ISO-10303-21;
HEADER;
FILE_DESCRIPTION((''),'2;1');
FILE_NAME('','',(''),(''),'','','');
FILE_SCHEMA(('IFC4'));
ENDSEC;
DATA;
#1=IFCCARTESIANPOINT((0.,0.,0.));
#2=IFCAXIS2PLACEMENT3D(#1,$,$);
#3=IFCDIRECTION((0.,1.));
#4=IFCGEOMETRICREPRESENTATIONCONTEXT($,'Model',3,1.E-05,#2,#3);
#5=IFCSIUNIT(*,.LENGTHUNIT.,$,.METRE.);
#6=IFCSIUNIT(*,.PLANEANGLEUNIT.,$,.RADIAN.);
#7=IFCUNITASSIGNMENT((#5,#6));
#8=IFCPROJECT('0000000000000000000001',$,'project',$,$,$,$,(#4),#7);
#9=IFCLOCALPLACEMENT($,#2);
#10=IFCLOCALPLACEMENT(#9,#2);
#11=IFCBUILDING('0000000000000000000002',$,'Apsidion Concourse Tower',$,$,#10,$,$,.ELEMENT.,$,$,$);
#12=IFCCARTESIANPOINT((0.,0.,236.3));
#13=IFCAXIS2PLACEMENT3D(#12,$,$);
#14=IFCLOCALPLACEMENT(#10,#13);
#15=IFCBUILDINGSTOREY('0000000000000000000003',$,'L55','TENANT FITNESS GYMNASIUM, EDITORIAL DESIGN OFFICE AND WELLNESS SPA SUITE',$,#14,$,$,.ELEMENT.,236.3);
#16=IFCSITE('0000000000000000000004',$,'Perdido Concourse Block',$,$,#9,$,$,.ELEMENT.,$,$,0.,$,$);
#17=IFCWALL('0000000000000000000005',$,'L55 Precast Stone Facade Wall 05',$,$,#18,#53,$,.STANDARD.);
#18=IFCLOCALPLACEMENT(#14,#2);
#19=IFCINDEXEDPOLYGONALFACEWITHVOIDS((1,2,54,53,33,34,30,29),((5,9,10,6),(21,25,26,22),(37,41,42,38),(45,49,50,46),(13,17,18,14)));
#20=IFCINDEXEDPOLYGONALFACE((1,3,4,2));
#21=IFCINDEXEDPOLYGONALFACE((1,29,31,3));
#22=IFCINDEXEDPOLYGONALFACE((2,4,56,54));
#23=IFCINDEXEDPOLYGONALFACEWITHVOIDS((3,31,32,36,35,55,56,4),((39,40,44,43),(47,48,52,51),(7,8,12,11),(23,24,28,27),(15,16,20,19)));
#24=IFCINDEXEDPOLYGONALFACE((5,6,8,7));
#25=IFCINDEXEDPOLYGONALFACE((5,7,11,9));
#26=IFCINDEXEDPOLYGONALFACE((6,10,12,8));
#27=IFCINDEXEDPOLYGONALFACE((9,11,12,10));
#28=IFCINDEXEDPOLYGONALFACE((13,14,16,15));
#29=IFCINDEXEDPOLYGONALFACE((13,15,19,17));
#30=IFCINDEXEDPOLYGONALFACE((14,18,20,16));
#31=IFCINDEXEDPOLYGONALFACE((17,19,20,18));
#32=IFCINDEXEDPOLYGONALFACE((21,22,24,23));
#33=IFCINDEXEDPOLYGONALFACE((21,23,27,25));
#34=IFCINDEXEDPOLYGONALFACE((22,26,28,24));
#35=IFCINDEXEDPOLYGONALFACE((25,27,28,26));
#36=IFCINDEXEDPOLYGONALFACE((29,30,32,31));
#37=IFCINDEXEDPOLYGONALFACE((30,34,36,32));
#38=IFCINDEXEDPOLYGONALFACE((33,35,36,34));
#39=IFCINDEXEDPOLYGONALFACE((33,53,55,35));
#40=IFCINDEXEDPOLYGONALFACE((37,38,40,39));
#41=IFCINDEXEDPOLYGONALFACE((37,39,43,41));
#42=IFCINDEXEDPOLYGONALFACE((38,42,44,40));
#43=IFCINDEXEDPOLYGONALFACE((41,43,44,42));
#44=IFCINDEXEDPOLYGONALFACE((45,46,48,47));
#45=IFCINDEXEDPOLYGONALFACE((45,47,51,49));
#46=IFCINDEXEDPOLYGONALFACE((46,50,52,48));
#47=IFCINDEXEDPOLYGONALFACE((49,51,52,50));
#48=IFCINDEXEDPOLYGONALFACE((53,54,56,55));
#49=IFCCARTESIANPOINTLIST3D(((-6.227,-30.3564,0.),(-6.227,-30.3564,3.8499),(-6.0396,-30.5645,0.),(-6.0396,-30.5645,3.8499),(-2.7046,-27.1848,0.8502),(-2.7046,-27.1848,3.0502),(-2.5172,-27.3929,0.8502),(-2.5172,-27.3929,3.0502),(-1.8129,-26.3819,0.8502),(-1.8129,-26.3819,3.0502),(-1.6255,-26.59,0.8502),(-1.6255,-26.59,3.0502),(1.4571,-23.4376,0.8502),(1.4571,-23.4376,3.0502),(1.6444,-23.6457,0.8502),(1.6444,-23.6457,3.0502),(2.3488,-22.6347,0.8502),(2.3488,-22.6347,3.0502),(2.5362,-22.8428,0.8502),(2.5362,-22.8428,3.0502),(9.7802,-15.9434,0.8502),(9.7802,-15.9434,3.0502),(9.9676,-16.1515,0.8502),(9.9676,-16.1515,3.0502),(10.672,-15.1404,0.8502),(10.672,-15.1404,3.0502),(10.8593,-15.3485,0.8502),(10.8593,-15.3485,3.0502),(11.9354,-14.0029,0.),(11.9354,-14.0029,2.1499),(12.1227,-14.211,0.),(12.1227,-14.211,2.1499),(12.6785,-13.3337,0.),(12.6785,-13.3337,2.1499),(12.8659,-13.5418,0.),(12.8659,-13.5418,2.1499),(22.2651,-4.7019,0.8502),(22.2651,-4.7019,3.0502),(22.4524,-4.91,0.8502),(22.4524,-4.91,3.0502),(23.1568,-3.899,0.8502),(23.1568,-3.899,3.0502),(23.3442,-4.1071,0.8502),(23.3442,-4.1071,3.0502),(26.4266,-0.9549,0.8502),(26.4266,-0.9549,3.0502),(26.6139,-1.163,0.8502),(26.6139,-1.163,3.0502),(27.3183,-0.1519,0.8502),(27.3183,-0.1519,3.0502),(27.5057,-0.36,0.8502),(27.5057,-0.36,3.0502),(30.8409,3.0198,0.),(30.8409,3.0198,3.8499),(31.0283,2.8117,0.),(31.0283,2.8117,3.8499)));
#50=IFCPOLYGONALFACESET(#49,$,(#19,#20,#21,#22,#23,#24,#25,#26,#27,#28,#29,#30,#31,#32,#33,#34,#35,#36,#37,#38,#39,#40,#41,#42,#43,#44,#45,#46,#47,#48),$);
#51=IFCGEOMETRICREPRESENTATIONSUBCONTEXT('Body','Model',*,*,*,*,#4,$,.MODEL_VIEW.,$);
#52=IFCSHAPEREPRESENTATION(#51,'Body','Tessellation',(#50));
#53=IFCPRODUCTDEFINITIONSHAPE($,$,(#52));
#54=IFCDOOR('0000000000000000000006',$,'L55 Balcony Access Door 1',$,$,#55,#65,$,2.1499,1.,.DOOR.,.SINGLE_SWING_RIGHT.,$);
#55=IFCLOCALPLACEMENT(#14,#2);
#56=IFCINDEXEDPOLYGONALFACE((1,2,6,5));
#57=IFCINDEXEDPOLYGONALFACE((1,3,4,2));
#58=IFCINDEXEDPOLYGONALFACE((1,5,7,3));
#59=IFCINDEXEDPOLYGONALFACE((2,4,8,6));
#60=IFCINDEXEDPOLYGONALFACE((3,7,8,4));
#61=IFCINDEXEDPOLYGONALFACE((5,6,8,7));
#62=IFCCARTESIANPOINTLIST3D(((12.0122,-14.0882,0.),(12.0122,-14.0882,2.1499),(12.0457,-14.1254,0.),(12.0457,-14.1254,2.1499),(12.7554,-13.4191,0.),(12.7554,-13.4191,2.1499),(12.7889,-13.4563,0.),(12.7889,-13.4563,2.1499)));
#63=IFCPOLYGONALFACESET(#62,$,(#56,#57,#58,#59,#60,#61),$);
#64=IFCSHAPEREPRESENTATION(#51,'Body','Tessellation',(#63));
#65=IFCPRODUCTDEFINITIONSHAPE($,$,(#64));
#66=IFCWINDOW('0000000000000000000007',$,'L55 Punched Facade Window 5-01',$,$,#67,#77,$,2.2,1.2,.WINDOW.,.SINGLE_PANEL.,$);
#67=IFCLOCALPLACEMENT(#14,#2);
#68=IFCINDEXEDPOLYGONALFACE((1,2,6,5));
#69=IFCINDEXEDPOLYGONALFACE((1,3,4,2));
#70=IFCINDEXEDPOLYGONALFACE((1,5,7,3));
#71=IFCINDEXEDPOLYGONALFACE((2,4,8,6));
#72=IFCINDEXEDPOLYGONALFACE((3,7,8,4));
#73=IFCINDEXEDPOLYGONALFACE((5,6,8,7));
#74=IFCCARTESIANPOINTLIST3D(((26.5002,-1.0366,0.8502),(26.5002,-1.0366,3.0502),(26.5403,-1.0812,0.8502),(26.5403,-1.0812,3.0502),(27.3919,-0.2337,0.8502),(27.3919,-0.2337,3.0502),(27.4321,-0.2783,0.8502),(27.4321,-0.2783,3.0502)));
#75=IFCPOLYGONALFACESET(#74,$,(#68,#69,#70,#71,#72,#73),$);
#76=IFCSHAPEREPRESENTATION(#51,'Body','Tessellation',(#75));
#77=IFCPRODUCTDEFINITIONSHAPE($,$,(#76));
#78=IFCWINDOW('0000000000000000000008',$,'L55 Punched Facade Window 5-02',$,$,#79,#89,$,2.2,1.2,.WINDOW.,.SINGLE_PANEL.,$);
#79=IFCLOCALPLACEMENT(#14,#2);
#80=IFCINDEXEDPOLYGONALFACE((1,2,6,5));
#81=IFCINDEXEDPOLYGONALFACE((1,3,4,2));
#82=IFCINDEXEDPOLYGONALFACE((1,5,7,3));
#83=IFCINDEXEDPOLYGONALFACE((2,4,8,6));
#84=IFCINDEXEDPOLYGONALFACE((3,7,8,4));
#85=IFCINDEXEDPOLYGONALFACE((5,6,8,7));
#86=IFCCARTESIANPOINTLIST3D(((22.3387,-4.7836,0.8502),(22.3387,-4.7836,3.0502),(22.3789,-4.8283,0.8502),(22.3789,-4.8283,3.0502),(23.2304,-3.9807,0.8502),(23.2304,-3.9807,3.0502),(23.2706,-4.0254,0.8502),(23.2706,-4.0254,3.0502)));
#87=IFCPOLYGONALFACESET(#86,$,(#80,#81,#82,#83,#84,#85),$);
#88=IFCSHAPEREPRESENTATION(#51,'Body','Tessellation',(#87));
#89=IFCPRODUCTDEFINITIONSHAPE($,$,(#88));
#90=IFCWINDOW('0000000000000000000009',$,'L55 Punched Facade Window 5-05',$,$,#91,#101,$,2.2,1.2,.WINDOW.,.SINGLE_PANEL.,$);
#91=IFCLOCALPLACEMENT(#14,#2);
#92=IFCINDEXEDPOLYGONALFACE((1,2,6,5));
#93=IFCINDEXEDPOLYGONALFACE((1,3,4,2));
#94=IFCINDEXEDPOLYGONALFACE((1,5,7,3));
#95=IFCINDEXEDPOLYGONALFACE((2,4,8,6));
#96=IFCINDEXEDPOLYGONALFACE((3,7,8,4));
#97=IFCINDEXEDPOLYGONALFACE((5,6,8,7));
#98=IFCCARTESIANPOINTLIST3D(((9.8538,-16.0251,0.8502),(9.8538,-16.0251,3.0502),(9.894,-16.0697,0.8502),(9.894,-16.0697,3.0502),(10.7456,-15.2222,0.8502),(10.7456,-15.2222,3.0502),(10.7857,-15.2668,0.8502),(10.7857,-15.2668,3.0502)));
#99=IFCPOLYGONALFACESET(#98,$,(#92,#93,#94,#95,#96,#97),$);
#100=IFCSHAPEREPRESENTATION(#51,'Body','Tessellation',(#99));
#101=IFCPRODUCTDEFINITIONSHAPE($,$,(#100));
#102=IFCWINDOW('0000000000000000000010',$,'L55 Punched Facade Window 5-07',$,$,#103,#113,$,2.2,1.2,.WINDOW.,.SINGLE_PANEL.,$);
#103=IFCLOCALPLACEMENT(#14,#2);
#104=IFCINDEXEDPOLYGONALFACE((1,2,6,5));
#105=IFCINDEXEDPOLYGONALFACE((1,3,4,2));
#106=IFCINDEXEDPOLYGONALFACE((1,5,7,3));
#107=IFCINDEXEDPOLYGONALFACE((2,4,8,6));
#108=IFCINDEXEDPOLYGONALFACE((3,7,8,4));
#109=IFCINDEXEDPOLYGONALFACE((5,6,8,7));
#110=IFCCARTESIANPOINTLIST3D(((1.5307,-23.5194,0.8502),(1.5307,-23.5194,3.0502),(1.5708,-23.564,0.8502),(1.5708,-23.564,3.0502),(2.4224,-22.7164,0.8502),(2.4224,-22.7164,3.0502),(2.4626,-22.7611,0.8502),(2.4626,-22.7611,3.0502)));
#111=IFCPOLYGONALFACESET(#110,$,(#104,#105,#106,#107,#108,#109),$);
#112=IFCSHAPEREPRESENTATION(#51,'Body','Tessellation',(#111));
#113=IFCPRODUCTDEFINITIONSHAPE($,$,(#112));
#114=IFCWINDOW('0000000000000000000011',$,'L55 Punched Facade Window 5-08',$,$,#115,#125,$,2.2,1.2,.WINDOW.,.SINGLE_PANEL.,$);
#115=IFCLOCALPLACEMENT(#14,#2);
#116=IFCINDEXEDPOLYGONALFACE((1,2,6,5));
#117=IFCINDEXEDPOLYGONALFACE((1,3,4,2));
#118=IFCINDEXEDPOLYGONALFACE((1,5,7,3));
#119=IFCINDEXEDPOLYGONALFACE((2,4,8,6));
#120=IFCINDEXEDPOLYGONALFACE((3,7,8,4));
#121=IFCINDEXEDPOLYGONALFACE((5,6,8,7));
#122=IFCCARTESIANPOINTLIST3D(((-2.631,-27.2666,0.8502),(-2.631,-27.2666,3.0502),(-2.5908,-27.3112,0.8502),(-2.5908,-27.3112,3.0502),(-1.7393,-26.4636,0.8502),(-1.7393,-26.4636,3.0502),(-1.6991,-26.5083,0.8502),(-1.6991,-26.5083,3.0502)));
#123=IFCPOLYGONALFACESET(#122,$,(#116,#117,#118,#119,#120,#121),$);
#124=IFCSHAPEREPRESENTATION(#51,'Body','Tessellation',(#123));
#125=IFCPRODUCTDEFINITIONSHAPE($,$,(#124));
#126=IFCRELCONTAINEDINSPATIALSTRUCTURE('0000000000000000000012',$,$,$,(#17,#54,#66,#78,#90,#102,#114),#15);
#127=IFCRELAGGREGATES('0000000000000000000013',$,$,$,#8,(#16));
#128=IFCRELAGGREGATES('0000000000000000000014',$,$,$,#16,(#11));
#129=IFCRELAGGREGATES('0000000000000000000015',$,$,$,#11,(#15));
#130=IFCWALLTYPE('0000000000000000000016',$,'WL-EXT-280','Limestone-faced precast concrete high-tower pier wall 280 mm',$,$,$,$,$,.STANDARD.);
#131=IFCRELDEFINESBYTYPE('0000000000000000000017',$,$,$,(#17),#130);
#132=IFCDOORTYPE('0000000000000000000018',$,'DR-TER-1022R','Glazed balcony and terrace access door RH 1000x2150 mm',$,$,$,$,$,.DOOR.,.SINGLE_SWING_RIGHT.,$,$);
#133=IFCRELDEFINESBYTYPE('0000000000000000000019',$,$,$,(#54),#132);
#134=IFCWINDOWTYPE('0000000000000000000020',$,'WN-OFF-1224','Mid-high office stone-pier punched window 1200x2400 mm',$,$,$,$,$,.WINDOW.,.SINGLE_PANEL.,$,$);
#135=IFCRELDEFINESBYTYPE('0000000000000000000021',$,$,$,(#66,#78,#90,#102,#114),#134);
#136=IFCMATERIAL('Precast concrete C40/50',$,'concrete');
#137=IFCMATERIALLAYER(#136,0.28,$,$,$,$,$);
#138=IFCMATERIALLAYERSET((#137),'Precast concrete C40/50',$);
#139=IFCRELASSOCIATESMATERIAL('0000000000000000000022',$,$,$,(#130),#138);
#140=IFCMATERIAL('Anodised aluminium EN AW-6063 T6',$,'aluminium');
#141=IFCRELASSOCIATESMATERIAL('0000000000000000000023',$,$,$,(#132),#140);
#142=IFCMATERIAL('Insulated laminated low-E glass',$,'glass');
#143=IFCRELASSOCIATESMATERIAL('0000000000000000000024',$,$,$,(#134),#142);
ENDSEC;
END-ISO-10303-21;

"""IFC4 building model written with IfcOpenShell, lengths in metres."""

from ifc_helpers import new_model, si_unit, direction, frame, frame_2d, origin, place, context, subcontext, project, spatial, rectangle, extrude, material, layer, layer_set, type_object, element, fill, save


model = new_model("IFC4")

# Units and contexts
model_context = context("Model", 3, precision=1e-05, world=origin(), true_north=direction((0.0, 1.0)))
body_context = subcontext(model_context, "Body", "Model", "MODEL_VIEW")
ifc_project = project(units=[si_unit("LENGTHUNIT", "METRE"), si_unit("PLANEANGLEUNIT", "RADIAN")], contexts=[model_context])

# Site, building, storey
site_placement = place(None, origin())
site = spatial("IfcSite", under=ifc_project, at=site_placement, Name="Perdido Concourse Block", CompositionType="ELEMENT", RefElevation=0.0)
building_placement = place(site_placement, origin())
building = spatial("IfcBuilding", under=site, at=building_placement, Name="Apsidion Concourse Tower", CompositionType="ELEMENT")
storey_placement = place(building_placement, frame((0.0, 0.0, 236.3)))
storey = spatial("IfcBuildingStorey", under=building, at=storey_placement, Name="L55", Description="TENANT FITNESS GYMNASIUM, EDITORIAL DESIGN OFFICE AND WELLNESS SPA SUITE", CompositionType="ELEMENT", Elevation=236.3)

# Shared definitions
ifc_material_1 = material(Name="Precast concrete C40/50", Category="concrete")
ifc_layer_1 = layer(ifc_material_1, 0.28)
ifc_layer_set_1 = layer_set([ifc_layer_1], Name="Precast concrete C40/50")
wall_type_1 = type_object("IfcWallType", Name="WL-EXT-280", Description="Limestone-faced precast concrete high-tower pier wall 280 mm", PredefinedType="STANDARD", material=ifc_layer_set_1)

# Wall, openings, door, windows
wall_1_placement = place(storey_placement, frame((30.9346, 2.9158, 0.0), z_axis=(0.0, 0.0, 1.0), x_axis=(-0.743143, -0.669132, 0.0)))
wall_1 = element("IfcWall", 1, at=wall_1_placement, inside=storey, type_object=wall_type_1, Name="L55 Precast Stone Facade Wall 05", PredefinedType="STANDARD", context=body_context, shape_type="SweptSolid", body=[
    extrude(rectangle(XDim=49.8799, YDim=0.28, at=frame_2d((24.9399, 0.0))), origin(), (0.0, 0.0, 1.0), 3.8499),
])
opening_1_placement = place(wall_1_placement, frame((24.4399, 0.0, 0.0)))
opening_1 = element("IfcOpeningElement", 2, at=opening_1_placement, cuts=wall_1, PredefinedType="OPENING", context=body_context, shape_type="SweptSolid", body=[
    extrude(rectangle(XDim=1.0, YDim=2.1499, at=frame_2d((0.5, 1.075))), frame((0.0, 0.1499, 0.0), z_axis=(0.0, -1.0, 0.0), x_axis=(1.0, 0.0, 0.0)), (0.0, 0.0, 1.0), 0.3),
])
opening_2_placement = place(wall_1_placement, frame((4.74, 0.0, 0.8501)))
opening_2 = element("IfcOpeningElement", 3, at=opening_2_placement, cuts=wall_1, PredefinedType="OPENING", context=body_context, shape_type="SweptSolid", body=[
    extrude(rectangle(XDim=1.2, YDim=2.2, at=frame_2d((0.6001, 1.1001))), frame((0.0, 0.1499, 0.0), z_axis=(0.0, -1.0, 0.0), x_axis=(1.0, 0.0, 0.0)), (0.0, 0.0, 1.0), 0.3),
])
opening_3_placement = place(wall_1_placement, frame((10.3398, 0.0, 0.8501)))
opening_3 = element("IfcOpeningElement", 4, at=opening_3_placement, cuts=wall_1, PredefinedType="OPENING", context=body_context, shape_type="SweptSolid", body=[
    extrude(rectangle(XDim=1.2, YDim=2.2, at=frame_2d((0.6001, 1.1001))), frame((0.0, 0.1499, 0.0), z_axis=(0.0, -1.0, 0.0), x_axis=(1.0, 0.0, 0.0)), (0.0, 0.0, 1.0), 0.3),
])
opening_4_placement = place(wall_1_placement, frame((27.1399, 0.0, 0.8501)))
opening_4 = element("IfcOpeningElement", 5, at=opening_4_placement, cuts=wall_1, PredefinedType="OPENING", context=body_context, shape_type="SweptSolid", body=[
    extrude(rectangle(XDim=1.2, YDim=2.2, at=frame_2d((0.6001, 1.1001))), frame((0.0, 0.1499, 0.0), z_axis=(0.0, -1.0, 0.0), x_axis=(1.0, 0.0, 0.0)), (0.0, 0.0, 1.0), 0.3),
])
opening_5_placement = place(wall_1_placement, frame((38.3398, 0.0, 0.8501)))
opening_5 = element("IfcOpeningElement", 6, at=opening_5_placement, cuts=wall_1, PredefinedType="OPENING", context=body_context, shape_type="SweptSolid", body=[
    extrude(rectangle(XDim=1.2, YDim=2.2, at=frame_2d((0.6001, 1.1001))), frame((0.0, 0.1499, 0.0), z_axis=(0.0, -1.0, 0.0), x_axis=(1.0, 0.0, 0.0)), (0.0, 0.0, 1.0), 0.3),
])
opening_6_placement = place(wall_1_placement, frame((43.9399, 0.0, 0.8501)))
opening_6 = element("IfcOpeningElement", 7, at=opening_6_placement, cuts=wall_1, PredefinedType="OPENING", context=body_context, shape_type="SweptSolid", body=[
    extrude(rectangle(XDim=1.2, YDim=2.2, at=frame_2d((0.6001, 1.1001))), frame((0.0, 0.1499, 0.0), z_axis=(0.0, -1.0, 0.0), x_axis=(1.0, 0.0, 0.0)), (0.0, 0.0, 1.0), 0.3),
])
ifc_material_2 = material(Name="Anodised aluminium EN AW-6063 T6", Category="aluminium")
door_type_1 = type_object("IfcDoorType", Name="DR-TER-1022R", Description="Glazed balcony and terrace access door RH 1000x2150 mm", OperationType="SINGLE_SWING_RIGHT", PredefinedType="DOOR", material=ifc_material_2)
door_1_placement = place(opening_1_placement, origin())
door_1 = element("IfcDoor", 8, at=door_1_placement, inside=storey, type_object=door_type_1, Name="L55 Balcony Access Door 1", OperationType="SINGLE_SWING_RIGHT", OverallHeight=2.1499, OverallWidth=1.0, PredefinedType="DOOR", context=body_context, shape_type="SweptSolid", body=[
    extrude(rectangle(XDim=1.0, YDim=2.1499, at=frame_2d((0.5, 1.075))), frame((0.0, 0.0249, 0.0), z_axis=(0.0, -1.0, 0.0), x_axis=(1.0, 0.0, 0.0)), (0.0, 0.0, 1.0), 0.05),
])
fill(opening_1, door_1)
ifc_material_3 = material(Name="Insulated laminated low-E glass", Category="glass")
window_type = type_object("IfcWindowType", Name="WN-OFF-1224", Description="Mid-high office stone-pier punched window 1200x2400 mm", PartitioningType="SINGLE_PANEL", PredefinedType="WINDOW", material=ifc_material_3)
window_1_placement = place(opening_2_placement, origin())
window_1 = element("IfcWindow", 9, at=window_1_placement, inside=storey, type_object=window_type, Name="L55 Punched Facade Window 5-01", OverallHeight=2.2, OverallWidth=1.2, PartitioningType="SINGLE_PANEL", PredefinedType="WINDOW", context=body_context, shape_type="SweptSolid", body=[
    extrude(rectangle(XDim=1.2, YDim=2.2, at=frame_2d((0.6001, 1.1001))), frame((0.0, 0.03, 0.0), z_axis=(0.0, -1.0, 0.0), x_axis=(1.0, 0.0, 0.0)), (0.0, 0.0, 1.0), 0.0601),
])
fill(opening_2, window_1)
window_2_placement = place(opening_3_placement, origin())
window_2 = element("IfcWindow", 10, at=window_2_placement, inside=storey, type_object=window_type, Name="L55 Punched Facade Window 5-02", OverallHeight=2.2, OverallWidth=1.2, PartitioningType="SINGLE_PANEL", PredefinedType="WINDOW", context=body_context, shape_type="SweptSolid", body=[
    extrude(rectangle(XDim=1.2, YDim=2.2, at=frame_2d((0.6001, 1.1001))), frame((0.0, 0.03, 0.0), z_axis=(0.0, -1.0, 0.0), x_axis=(1.0, 0.0, 0.0)), (0.0, 0.0, 1.0), 0.0601),
])
fill(opening_3, window_2)
window_3_placement = place(opening_4_placement, origin())
window_3 = element("IfcWindow", 11, at=window_3_placement, inside=storey, type_object=window_type, Name="L55 Punched Facade Window 5-05", OverallHeight=2.2, OverallWidth=1.2, PartitioningType="SINGLE_PANEL", PredefinedType="WINDOW", context=body_context, shape_type="SweptSolid", body=[
    extrude(rectangle(XDim=1.2, YDim=2.2, at=frame_2d((0.6001, 1.1001))), frame((0.0, 0.03, 0.0), z_axis=(0.0, -1.0, 0.0), x_axis=(1.0, 0.0, 0.0)), (0.0, 0.0, 1.0), 0.0601),
])
fill(opening_4, window_3)
window_4_placement = place(opening_5_placement, origin())
window_4 = element("IfcWindow", 12, at=window_4_placement, inside=storey, type_object=window_type, Name="L55 Punched Facade Window 5-07", OverallHeight=2.2, OverallWidth=1.2, PartitioningType="SINGLE_PANEL", PredefinedType="WINDOW", context=body_context, shape_type="SweptSolid", body=[
    extrude(rectangle(XDim=1.2, YDim=2.2, at=frame_2d((0.6001, 1.1001))), frame((0.0, 0.03, 0.0), z_axis=(0.0, -1.0, 0.0), x_axis=(1.0, 0.0, 0.0)), (0.0, 0.0, 1.0), 0.0601),
])
fill(opening_5, window_4)
window_5_placement = place(opening_6_placement, origin())
window_5 = element("IfcWindow", 13, at=window_5_placement, inside=storey, type_object=window_type, Name="L55 Punched Facade Window 5-08", OverallHeight=2.2, OverallWidth=1.2, PartitioningType="SINGLE_PANEL", PredefinedType="WINDOW", context=body_context, shape_type="SweptSolid", body=[
    extrude(rectangle(XDim=1.2, YDim=2.2, at=frame_2d((0.6001, 1.1001))), frame((0.0, 0.03, 0.0), z_axis=(0.0, -1.0, 0.0), x_axis=(1.0, 0.0, 0.0)), (0.0, 0.0, 1.0), 0.0601),
])
fill(opening_6, window_5)

save(model, "model.ifc")
